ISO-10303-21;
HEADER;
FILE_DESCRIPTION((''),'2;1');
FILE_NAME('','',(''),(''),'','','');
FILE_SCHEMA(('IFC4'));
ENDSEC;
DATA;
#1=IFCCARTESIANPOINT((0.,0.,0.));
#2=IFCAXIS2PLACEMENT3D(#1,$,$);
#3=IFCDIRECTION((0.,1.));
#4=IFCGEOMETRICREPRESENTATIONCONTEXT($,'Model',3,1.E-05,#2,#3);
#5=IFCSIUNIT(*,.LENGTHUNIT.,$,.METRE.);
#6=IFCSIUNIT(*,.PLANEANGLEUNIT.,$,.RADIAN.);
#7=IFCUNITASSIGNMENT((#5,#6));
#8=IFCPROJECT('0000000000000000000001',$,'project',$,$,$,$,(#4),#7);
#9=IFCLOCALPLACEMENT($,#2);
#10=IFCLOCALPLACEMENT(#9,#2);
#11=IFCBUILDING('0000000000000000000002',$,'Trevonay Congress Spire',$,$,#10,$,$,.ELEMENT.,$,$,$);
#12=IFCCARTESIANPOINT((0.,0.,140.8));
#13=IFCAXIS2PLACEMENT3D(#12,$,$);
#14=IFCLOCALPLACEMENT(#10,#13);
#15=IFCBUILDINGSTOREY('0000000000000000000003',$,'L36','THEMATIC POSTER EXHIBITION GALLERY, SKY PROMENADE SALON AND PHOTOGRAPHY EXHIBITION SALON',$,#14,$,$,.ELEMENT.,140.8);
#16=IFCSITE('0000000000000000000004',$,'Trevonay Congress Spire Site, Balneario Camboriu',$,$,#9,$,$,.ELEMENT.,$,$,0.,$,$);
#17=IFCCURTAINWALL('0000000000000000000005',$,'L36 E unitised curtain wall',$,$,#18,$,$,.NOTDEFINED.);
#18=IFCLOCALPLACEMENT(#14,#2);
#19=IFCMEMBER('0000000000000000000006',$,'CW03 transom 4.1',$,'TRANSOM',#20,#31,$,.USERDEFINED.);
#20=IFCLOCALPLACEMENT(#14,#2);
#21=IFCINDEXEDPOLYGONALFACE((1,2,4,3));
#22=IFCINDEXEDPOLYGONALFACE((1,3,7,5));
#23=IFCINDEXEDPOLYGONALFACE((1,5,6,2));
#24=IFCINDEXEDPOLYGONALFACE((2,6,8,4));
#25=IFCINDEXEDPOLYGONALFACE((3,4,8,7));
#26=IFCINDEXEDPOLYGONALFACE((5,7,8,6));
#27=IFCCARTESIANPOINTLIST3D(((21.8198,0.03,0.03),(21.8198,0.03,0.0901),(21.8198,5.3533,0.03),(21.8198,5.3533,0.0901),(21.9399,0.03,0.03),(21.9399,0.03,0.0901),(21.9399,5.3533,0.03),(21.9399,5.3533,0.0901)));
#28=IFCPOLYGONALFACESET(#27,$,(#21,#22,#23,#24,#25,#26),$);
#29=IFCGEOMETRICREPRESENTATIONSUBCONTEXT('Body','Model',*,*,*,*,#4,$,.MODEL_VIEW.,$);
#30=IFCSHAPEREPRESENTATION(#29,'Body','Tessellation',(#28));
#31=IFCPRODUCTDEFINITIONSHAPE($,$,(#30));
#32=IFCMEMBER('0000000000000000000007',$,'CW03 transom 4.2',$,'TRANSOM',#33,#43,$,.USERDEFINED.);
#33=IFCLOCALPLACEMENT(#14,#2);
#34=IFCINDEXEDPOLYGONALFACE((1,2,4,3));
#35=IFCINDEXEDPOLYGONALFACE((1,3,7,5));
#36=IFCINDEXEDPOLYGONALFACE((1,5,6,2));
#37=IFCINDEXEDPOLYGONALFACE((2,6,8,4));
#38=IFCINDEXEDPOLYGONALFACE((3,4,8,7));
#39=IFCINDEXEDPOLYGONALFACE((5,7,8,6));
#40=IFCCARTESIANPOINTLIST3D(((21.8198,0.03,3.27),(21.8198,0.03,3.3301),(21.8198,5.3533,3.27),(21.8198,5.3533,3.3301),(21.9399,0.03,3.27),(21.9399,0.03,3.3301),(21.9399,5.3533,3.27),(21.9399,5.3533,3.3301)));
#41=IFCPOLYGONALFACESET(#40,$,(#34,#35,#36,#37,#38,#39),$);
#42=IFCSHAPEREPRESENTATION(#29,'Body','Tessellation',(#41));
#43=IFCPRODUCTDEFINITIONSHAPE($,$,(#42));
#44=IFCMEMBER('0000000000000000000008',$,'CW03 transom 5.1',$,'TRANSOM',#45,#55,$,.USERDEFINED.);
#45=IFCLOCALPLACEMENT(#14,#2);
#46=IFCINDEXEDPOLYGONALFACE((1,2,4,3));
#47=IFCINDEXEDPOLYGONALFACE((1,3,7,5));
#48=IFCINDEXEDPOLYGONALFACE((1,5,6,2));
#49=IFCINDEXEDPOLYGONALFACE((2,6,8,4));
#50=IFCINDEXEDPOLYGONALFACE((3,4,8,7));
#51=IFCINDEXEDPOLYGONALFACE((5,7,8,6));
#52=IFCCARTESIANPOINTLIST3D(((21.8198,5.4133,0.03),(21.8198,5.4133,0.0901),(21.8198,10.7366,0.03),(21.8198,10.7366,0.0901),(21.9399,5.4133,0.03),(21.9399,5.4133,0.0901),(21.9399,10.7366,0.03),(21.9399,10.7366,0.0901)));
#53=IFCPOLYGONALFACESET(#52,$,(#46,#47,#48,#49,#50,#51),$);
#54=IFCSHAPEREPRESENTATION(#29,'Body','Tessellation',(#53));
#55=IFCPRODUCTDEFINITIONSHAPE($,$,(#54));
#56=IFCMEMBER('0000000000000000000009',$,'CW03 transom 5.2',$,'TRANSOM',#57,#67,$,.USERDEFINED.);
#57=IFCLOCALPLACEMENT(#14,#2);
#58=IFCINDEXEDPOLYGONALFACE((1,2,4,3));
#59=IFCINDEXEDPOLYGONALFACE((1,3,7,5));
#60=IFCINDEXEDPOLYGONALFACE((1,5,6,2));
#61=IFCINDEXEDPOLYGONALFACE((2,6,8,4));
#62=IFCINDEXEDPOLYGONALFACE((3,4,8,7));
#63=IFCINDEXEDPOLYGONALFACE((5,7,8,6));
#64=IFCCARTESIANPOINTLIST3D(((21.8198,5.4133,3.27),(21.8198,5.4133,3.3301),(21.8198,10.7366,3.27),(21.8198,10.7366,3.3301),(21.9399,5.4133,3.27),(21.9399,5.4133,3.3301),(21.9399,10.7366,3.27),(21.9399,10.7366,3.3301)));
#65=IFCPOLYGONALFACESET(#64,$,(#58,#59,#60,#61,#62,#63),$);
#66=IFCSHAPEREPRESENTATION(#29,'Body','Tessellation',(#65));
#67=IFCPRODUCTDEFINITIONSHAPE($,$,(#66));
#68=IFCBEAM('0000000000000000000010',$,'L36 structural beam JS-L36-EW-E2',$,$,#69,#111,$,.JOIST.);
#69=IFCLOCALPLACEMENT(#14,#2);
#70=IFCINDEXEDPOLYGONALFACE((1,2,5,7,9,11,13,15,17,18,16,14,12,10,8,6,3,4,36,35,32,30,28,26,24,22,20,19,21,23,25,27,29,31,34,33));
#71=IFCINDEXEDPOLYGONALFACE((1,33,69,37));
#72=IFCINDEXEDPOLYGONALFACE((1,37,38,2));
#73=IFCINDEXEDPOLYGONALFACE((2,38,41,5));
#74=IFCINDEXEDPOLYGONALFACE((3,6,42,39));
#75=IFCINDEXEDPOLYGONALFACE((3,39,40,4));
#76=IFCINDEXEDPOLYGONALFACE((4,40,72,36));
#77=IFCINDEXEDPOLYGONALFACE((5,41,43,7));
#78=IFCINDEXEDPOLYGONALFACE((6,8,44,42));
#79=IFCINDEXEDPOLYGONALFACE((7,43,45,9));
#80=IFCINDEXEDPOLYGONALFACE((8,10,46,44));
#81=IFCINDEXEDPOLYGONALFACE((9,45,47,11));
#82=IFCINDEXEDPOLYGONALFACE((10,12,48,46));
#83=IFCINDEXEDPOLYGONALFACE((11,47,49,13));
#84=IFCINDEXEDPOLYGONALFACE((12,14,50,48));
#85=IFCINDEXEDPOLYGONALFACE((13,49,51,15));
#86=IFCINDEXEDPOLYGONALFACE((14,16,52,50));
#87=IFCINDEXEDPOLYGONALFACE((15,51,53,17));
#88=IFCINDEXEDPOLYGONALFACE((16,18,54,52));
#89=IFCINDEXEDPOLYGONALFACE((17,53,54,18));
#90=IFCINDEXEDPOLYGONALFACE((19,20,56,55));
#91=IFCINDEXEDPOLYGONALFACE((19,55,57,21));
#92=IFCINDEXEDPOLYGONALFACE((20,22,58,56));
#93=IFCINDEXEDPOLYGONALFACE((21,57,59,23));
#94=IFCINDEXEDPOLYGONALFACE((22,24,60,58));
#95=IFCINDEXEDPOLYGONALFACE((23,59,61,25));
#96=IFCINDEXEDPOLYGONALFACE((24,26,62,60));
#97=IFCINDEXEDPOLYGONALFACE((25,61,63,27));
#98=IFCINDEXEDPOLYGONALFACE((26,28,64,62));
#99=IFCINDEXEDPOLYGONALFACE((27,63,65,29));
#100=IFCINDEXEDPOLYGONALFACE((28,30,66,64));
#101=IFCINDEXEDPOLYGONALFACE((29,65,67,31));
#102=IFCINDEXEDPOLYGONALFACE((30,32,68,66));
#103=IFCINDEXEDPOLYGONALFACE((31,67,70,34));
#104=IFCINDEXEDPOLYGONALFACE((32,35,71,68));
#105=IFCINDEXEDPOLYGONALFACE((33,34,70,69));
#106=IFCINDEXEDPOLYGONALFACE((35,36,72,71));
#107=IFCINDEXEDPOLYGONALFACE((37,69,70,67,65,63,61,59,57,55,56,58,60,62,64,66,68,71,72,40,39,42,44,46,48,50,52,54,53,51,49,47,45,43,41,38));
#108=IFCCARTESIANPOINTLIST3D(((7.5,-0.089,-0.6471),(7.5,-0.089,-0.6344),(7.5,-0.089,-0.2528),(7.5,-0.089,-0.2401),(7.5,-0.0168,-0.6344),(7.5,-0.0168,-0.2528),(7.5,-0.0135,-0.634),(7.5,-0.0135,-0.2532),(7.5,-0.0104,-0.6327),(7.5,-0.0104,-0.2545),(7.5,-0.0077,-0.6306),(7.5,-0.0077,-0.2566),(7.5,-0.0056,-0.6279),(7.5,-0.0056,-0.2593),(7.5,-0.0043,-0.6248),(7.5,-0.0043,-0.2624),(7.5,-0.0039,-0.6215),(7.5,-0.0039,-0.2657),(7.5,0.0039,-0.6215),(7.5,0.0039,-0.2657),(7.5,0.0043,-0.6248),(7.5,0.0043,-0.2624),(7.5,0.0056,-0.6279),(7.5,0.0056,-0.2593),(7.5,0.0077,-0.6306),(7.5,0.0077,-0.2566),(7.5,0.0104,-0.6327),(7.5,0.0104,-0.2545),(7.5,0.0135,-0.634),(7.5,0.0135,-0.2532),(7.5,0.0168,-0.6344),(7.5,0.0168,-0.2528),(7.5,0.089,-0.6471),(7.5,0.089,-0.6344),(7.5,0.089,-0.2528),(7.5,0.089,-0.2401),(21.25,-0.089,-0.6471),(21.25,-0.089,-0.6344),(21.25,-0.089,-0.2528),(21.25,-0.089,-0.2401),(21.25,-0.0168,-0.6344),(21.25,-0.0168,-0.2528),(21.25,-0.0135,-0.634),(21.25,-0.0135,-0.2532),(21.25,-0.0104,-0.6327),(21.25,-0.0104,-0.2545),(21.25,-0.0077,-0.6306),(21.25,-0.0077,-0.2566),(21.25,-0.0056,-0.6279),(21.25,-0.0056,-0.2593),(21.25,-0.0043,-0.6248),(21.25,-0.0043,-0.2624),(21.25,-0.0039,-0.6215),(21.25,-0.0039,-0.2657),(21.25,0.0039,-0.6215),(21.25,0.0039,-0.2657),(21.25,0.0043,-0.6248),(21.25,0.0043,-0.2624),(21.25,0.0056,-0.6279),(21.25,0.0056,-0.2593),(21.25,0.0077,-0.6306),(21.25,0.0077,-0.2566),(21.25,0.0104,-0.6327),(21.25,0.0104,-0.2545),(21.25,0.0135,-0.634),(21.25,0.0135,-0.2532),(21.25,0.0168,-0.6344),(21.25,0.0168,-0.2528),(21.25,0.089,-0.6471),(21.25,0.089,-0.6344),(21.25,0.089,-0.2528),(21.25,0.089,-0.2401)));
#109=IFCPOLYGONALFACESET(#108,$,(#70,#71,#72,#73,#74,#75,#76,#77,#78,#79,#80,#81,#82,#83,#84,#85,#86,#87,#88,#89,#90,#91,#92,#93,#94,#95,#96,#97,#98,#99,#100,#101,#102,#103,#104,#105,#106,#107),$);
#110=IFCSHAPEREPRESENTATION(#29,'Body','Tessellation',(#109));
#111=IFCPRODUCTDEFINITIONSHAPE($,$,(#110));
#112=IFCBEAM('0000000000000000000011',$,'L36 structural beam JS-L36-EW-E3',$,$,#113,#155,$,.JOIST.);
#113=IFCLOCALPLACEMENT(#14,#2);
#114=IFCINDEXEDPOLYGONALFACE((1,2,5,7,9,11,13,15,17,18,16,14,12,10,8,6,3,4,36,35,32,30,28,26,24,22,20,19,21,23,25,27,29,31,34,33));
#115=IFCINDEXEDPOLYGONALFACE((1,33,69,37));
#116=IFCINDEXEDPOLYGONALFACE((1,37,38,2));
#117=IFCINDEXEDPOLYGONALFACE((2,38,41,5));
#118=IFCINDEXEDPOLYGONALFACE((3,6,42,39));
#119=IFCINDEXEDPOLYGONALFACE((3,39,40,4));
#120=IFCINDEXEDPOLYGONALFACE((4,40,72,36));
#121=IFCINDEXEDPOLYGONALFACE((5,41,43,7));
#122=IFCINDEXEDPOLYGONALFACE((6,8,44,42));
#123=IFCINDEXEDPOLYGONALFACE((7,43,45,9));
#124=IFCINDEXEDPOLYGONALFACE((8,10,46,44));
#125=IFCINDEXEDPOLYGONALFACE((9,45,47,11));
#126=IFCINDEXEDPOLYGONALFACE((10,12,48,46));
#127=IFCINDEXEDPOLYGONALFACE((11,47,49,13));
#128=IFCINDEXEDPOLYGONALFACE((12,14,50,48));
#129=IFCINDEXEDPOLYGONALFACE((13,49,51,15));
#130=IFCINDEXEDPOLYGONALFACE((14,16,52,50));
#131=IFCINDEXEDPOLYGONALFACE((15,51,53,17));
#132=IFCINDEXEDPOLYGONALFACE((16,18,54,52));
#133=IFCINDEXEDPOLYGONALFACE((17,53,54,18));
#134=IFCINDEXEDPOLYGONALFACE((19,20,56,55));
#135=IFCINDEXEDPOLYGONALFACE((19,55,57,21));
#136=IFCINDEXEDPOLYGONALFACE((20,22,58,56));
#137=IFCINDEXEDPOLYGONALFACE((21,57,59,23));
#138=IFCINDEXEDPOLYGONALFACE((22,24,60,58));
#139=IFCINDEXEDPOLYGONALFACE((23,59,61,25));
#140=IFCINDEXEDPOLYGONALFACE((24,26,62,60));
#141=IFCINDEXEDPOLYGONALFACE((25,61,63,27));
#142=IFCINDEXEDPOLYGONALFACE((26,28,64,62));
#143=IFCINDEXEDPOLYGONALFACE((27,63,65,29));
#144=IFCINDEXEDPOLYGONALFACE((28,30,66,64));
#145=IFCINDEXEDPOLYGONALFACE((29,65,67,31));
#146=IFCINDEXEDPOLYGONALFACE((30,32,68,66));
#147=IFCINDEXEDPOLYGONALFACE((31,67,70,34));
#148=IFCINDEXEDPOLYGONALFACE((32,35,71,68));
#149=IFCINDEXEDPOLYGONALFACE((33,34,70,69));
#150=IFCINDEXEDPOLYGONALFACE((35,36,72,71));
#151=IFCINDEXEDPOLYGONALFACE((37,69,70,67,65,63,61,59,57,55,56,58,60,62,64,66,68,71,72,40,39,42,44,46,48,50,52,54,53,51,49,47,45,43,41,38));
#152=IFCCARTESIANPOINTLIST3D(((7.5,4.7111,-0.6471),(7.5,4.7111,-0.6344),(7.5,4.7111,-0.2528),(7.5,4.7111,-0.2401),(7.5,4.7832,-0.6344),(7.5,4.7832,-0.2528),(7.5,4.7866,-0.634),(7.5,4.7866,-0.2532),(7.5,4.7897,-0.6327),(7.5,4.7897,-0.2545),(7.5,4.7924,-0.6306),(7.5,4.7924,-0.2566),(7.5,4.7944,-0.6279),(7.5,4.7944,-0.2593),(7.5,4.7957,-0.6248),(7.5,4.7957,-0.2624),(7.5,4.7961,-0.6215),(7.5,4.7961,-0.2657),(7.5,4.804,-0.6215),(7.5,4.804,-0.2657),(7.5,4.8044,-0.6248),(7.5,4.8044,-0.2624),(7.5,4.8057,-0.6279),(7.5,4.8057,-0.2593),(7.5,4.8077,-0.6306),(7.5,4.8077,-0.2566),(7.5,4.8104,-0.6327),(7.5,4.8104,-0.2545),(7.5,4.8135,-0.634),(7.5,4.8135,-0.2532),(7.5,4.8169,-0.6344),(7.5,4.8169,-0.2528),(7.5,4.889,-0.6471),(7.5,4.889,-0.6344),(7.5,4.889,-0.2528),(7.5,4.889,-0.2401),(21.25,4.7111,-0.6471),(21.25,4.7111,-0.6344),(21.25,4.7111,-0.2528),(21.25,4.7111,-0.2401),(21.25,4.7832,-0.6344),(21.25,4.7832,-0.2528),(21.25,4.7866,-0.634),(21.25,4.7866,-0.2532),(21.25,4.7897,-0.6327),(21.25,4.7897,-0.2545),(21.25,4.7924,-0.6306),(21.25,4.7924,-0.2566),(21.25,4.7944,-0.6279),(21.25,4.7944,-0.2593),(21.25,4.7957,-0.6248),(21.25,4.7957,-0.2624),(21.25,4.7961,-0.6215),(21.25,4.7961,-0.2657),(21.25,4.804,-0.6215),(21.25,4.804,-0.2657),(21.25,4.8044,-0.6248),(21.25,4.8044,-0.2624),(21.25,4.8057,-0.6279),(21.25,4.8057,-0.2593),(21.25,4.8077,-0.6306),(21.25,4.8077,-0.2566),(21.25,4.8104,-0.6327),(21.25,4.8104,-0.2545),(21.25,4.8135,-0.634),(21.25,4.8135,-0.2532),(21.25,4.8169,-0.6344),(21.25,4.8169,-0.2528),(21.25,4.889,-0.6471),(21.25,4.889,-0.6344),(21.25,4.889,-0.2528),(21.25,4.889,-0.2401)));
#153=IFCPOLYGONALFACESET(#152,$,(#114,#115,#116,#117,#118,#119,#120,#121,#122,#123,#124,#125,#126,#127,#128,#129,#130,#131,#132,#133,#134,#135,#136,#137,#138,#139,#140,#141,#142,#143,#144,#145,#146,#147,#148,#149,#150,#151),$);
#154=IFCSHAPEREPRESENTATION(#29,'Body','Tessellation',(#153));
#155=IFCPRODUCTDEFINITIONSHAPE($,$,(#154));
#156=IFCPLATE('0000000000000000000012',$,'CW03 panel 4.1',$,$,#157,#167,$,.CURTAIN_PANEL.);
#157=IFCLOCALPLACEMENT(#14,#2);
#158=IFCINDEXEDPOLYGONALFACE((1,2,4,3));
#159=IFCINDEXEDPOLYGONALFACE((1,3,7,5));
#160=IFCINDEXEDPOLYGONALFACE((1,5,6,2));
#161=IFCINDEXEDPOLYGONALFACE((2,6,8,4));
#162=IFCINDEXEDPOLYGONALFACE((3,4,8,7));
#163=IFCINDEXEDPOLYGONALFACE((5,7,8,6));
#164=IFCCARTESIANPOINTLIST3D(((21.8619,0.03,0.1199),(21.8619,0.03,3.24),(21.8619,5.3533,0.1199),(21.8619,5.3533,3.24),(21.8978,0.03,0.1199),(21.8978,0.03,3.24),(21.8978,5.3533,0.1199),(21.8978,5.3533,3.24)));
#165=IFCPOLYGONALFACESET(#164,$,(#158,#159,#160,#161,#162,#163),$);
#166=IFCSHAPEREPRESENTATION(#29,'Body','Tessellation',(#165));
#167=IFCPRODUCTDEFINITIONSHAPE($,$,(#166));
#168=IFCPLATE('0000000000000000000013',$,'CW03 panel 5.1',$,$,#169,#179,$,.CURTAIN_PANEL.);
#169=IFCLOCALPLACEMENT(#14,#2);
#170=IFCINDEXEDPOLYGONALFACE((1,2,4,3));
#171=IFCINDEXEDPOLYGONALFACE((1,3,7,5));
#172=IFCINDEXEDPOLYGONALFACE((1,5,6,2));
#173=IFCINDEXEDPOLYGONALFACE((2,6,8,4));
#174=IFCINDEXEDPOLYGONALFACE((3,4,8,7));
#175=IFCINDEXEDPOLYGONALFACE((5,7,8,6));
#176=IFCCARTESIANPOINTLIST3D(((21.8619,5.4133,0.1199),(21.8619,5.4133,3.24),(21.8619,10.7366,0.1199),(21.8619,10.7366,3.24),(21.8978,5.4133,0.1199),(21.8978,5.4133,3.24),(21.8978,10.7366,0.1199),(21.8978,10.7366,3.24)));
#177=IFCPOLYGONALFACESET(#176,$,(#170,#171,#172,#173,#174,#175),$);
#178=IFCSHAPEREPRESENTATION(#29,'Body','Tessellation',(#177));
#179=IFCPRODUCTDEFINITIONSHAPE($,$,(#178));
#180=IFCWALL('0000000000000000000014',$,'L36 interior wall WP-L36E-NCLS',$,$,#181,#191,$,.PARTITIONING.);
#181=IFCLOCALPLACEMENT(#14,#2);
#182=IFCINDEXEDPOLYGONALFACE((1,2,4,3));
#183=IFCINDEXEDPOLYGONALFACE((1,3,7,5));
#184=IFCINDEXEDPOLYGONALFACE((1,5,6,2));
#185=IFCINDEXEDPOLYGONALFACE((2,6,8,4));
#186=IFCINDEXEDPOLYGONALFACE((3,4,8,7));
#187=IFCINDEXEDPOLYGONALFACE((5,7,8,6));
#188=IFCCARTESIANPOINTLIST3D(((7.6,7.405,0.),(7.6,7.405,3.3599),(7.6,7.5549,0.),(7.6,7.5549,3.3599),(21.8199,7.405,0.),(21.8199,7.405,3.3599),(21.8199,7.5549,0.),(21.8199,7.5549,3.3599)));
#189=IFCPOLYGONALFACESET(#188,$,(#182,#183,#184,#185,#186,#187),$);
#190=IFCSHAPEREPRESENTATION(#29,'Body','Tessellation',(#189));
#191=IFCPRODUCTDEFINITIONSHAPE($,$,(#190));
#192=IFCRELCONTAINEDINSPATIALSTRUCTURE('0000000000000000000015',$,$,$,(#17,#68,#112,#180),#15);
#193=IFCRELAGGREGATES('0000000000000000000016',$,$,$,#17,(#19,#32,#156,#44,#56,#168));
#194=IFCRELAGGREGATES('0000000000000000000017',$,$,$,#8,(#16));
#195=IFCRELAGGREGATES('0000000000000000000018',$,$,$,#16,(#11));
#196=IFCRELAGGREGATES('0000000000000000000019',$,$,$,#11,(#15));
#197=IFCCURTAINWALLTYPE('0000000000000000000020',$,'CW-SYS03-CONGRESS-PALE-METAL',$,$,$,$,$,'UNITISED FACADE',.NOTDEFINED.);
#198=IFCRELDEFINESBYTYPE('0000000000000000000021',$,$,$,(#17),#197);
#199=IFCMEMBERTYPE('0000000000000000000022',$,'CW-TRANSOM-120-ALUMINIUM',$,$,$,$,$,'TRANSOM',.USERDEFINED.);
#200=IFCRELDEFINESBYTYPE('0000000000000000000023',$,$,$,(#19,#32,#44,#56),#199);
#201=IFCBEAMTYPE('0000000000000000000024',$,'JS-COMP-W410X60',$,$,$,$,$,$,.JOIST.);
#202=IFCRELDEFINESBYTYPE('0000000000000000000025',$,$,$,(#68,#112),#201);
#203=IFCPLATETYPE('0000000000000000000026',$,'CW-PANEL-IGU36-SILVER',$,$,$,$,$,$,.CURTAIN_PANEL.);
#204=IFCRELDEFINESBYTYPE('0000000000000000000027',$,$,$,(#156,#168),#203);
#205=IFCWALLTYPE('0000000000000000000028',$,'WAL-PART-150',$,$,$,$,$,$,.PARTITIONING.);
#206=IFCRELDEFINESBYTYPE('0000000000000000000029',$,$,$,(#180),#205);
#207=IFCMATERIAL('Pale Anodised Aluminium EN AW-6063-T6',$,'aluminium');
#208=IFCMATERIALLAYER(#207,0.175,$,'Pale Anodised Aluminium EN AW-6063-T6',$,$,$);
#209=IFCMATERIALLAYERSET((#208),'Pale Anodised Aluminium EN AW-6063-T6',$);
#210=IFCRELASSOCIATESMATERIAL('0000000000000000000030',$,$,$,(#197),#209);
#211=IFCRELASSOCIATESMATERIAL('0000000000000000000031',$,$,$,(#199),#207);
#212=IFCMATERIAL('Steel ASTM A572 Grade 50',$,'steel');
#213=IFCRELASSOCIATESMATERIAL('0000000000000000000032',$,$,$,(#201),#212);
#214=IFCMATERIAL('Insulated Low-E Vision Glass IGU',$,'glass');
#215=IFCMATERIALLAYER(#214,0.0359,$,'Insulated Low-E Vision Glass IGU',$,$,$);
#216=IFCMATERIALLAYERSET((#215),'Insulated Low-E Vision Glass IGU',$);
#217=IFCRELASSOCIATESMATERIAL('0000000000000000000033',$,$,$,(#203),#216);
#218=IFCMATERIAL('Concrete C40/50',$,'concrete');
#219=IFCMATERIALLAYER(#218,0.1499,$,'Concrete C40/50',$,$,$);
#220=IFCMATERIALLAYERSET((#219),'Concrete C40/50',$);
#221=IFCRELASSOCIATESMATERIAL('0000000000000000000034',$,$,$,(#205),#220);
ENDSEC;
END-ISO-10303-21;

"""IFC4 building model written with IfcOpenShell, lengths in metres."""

from ifc_helpers import new_model, si_unit, direction, frame, frame_2d, origin, origin_2d, place, context, subcontext, project, spatial, rectangle, i_section, extrude, material, layer, layer_set, material_profile, profile_set, type_object, element, aggregate, save


model = new_model("IFC4")

# Units and contexts
model_context = context("Model", 3, precision=1e-05, world=origin(), true_north=direction((0.0, 1.0)))
body_context = subcontext(model_context, "Body", "Model", "MODEL_VIEW")
ifc_project = project(units=[si_unit("LENGTHUNIT", "METRE"), si_unit("PLANEANGLEUNIT", "RADIAN")], contexts=[model_context])

# Site, building, storey
site_placement = place(None, origin())
site = spatial("IfcSite", under=ifc_project, at=site_placement, Name="Trevonay Congress Spire Site, Balneario Camboriu", CompositionType="ELEMENT", RefElevation=0.0)
building_placement = place(site_placement, origin())
building = spatial("IfcBuilding", under=site, at=building_placement, Name="Trevonay Congress Spire", CompositionType="ELEMENT")
storey_placement = place(building_placement, frame((0.0, 0.0, 140.8)))
storey = spatial("IfcBuildingStorey", under=building, at=storey_placement, Name="L36", Description="THEMATIC POSTER EXHIBITION GALLERY, SKY PROMENADE SALON AND PHOTOGRAPHY EXHIBITION SALON", CompositionType="ELEMENT", Elevation=140.8)

# Shared definitions
ifc_material_1 = material(Name="Steel ASTM A572 Grade 50", Category="steel")

# Curtain wall, members
ifc_material_2 = material(Name="Pale Anodised Aluminium EN AW-6063-T6", Category="aluminium")
ifc_layer_1 = layer(ifc_material_2, 0.175, Name="Pale Anodised Aluminium EN AW-6063-T6")
ifc_layer_set_1 = layer_set([ifc_layer_1], Name="Pale Anodised Aluminium EN AW-6063-T6")
curtain_wall_type = type_object("IfcCurtainWallType", Name="CW-SYS03-CONGRESS-PALE-METAL", ElementType="UNITISED FACADE", PredefinedType="NOTDEFINED", material=ifc_layer_set_1)
curtain_wall_placement = place(storey_placement, origin())
curtain_wall = element("IfcCurtainWall", 1, at=curtain_wall_placement, inside=storey, type_object=curtain_wall_type, Name="L36 E unitised curtain wall", PredefinedType="NOTDEFINED")
ifc_material_profile_1 = material_profile(ifc_material_2, rectangle(XDim=0.1201, YDim=0.0601, at=origin_2d()), Name="CW-TRANSOM-120-ALUMINIUM")
ifc_profile_set_1 = profile_set([ifc_material_profile_1], Name="Pale Anodised Aluminium EN AW-6063-T6")
member_type_1 = type_object("IfcMemberType", Name="CW-TRANSOM-120-ALUMINIUM", ElementType="TRANSOM", PredefinedType="USERDEFINED", material=ifc_profile_set_1)
member_1_placement = place(storey_placement, frame((21.8799, 0.03, 0.0601), z_axis=(0.0, 1.0, 0.0), x_axis=(-1.0, 0.0, 0.0)))
member_1 = element("IfcMember", 2, at=member_1_placement, type_object=member_type_1, Name="CW03 transom 4.1", ObjectType="TRANSOM", PredefinedType="USERDEFINED", context=body_context, shape_type="SweptSolid", body=[
    extrude(rectangle(XDim=0.1201, YDim=0.0601, at=origin_2d()), origin(), (0.0, 0.0, 1.0), 5.3232),
])
member_2_placement = place(storey_placement, frame((21.8799, 0.03, 3.3), z_axis=(0.0, 1.0, 0.0), x_axis=(-1.0, 0.0, 0.0)))
member_2 = element("IfcMember", 3, at=member_2_placement, type_object=member_type_1, Name="CW03 transom 4.2", ObjectType="TRANSOM", PredefinedType="USERDEFINED", context=body_context, shape_type="SweptSolid", body=[
    extrude(rectangle(XDim=0.1201, YDim=0.0601, at=origin_2d()), origin(), (0.0, 0.0, 1.0), 5.3232),
])
member_3_placement = place(storey_placement, frame((21.8799, 5.4133, 0.0601), z_axis=(0.0, 1.0, 0.0), x_axis=(-1.0, 0.0, 0.0)))
member_3 = element("IfcMember", 4, at=member_3_placement, type_object=member_type_1, Name="CW03 transom 5.1", ObjectType="TRANSOM", PredefinedType="USERDEFINED", context=body_context, shape_type="SweptSolid", body=[
    extrude(rectangle(XDim=0.1201, YDim=0.0601, at=origin_2d()), origin(), (0.0, 0.0, 1.0), 5.3232),
])
member_4_placement = place(storey_placement, frame((21.8799, 5.4133, 3.3), z_axis=(0.0, 1.0, 0.0), x_axis=(-1.0, 0.0, 0.0)))
member_4 = element("IfcMember", 5, at=member_4_placement, type_object=member_type_1, Name="CW03 transom 5.2", ObjectType="TRANSOM", PredefinedType="USERDEFINED", context=body_context, shape_type="SweptSolid", body=[
    extrude(rectangle(XDim=0.1201, YDim=0.0601, at=origin_2d()), origin(), (0.0, 0.0, 1.0), 5.3232),
])

# Beams
ifc_material_profile_2 = material_profile(ifc_material_1, i_section(OverallWidth=0.178, OverallDepth=0.407, WebThickness=0.0078, FlangeThickness=0.0127, FilletRadius=0.0129, at=origin_2d()), Name="W410x60")
ifc_profile_set_2 = profile_set([ifc_material_profile_2], Name="Steel ASTM A572 Grade 50")
beam_type_1 = type_object("IfcBeamType", Name="JS-COMP-W410X60", PredefinedType="JOIST", material=ifc_profile_set_2)
for number, where, z_axis, x_axis, name in (
    (6, (7.5, 0.0, -0.4436), (1.0, 0.0, 0.0), (0.0, 1.0, 0.0), "L36 structural beam JS-L36-EW-E2"),
    (7, (7.5, 4.8, -0.4436), (1.0, 0.0, 0.0), (0.0, 1.0, 0.0), "L36 structural beam JS-L36-EW-E3"),
):
    element("IfcBeam", number, at=place(storey_placement, frame(where, z_axis=z_axis, x_axis=x_axis)), inside=storey, type_object=beam_type_1, Name=name, PredefinedType="JOIST", context=body_context, shape_type="SweptSolid", body=[
        extrude(i_section(OverallWidth=0.178, OverallDepth=0.407, WebThickness=0.0078, FlangeThickness=0.0127, FilletRadius=0.0129, at=origin_2d()), origin(), (0.0, 0.0, 1.0), 13.75),
    ])

# Plates
ifc_material_3 = material(Name="Insulated Low-E Vision Glass IGU", Category="glass")
ifc_layer_2 = layer(ifc_material_3, 0.0359, Name="Insulated Low-E Vision Glass IGU")
ifc_layer_set_2 = layer_set([ifc_layer_2], Name="Insulated Low-E Vision Glass IGU")
plate_type = type_object("IfcPlateType", Name="CW-PANEL-IGU36-SILVER", PredefinedType="CURTAIN_PANEL", material=ifc_layer_set_2)
plate_1_placement = place(storey_placement, frame((21.8799, 2.6917, 0.1199), z_axis=(0.0, 0.0, 1.0), x_axis=(0.0, 1.0, 0.0)))
plate_1 = element("IfcPlate", 8, at=plate_1_placement, type_object=plate_type, Name="CW03 panel 4.1", PredefinedType="CURTAIN_PANEL", context=body_context, shape_type="SweptSolid", body=[
    extrude(rectangle(XDim=5.3232, YDim=0.0359, at=origin_2d()), origin(), (0.0, 0.0, 1.0), 3.1201),
])
plate_2_placement = place(storey_placement, frame((21.8799, 8.075, 0.1199), z_axis=(0.0, 0.0, 1.0), x_axis=(0.0, 1.0, 0.0)))
plate_2 = element("IfcPlate", 9, at=plate_2_placement, type_object=plate_type, Name="CW03 panel 5.1", PredefinedType="CURTAIN_PANEL", context=body_context, shape_type="SweptSolid", body=[
    extrude(rectangle(XDim=5.3232, YDim=0.0359, at=origin_2d()), origin(), (0.0, 0.0, 1.0), 3.1201),
])
aggregate(curtain_wall, [member_1, member_2, plate_1, member_3, member_4, plate_2])

# Wall
ifc_material_4 = material(Name="Concrete C40/50", Category="concrete")
ifc_layer_3 = layer(ifc_material_4, 0.1499, Name="Concrete C40/50")
ifc_layer_set_3 = layer_set([ifc_layer_3], Name="Concrete C40/50")
wall_type = type_object("IfcWallType", Name="WAL-PART-150", PredefinedType="PARTITIONING", material=ifc_layer_set_3)
wall_placement = place(storey_placement, frame((7.6001, 7.48, 0.0), z_axis=(0.0, 0.0, 1.0), x_axis=(1.0, 0.0, 0.0)))
element("IfcWall", 10, at=wall_placement, inside=storey, type_object=wall_type, Name="L36 interior wall WP-L36E-NCLS", PredefinedType="PARTITIONING", context=body_context, shape_type="SweptSolid", body=[
    extrude(rectangle(XDim=14.22, YDim=0.1499, at=frame_2d((7.1099, 0.0))), origin(), (0.0, 0.0, 1.0), 3.3599),
])

save(model, "model.ifc")
